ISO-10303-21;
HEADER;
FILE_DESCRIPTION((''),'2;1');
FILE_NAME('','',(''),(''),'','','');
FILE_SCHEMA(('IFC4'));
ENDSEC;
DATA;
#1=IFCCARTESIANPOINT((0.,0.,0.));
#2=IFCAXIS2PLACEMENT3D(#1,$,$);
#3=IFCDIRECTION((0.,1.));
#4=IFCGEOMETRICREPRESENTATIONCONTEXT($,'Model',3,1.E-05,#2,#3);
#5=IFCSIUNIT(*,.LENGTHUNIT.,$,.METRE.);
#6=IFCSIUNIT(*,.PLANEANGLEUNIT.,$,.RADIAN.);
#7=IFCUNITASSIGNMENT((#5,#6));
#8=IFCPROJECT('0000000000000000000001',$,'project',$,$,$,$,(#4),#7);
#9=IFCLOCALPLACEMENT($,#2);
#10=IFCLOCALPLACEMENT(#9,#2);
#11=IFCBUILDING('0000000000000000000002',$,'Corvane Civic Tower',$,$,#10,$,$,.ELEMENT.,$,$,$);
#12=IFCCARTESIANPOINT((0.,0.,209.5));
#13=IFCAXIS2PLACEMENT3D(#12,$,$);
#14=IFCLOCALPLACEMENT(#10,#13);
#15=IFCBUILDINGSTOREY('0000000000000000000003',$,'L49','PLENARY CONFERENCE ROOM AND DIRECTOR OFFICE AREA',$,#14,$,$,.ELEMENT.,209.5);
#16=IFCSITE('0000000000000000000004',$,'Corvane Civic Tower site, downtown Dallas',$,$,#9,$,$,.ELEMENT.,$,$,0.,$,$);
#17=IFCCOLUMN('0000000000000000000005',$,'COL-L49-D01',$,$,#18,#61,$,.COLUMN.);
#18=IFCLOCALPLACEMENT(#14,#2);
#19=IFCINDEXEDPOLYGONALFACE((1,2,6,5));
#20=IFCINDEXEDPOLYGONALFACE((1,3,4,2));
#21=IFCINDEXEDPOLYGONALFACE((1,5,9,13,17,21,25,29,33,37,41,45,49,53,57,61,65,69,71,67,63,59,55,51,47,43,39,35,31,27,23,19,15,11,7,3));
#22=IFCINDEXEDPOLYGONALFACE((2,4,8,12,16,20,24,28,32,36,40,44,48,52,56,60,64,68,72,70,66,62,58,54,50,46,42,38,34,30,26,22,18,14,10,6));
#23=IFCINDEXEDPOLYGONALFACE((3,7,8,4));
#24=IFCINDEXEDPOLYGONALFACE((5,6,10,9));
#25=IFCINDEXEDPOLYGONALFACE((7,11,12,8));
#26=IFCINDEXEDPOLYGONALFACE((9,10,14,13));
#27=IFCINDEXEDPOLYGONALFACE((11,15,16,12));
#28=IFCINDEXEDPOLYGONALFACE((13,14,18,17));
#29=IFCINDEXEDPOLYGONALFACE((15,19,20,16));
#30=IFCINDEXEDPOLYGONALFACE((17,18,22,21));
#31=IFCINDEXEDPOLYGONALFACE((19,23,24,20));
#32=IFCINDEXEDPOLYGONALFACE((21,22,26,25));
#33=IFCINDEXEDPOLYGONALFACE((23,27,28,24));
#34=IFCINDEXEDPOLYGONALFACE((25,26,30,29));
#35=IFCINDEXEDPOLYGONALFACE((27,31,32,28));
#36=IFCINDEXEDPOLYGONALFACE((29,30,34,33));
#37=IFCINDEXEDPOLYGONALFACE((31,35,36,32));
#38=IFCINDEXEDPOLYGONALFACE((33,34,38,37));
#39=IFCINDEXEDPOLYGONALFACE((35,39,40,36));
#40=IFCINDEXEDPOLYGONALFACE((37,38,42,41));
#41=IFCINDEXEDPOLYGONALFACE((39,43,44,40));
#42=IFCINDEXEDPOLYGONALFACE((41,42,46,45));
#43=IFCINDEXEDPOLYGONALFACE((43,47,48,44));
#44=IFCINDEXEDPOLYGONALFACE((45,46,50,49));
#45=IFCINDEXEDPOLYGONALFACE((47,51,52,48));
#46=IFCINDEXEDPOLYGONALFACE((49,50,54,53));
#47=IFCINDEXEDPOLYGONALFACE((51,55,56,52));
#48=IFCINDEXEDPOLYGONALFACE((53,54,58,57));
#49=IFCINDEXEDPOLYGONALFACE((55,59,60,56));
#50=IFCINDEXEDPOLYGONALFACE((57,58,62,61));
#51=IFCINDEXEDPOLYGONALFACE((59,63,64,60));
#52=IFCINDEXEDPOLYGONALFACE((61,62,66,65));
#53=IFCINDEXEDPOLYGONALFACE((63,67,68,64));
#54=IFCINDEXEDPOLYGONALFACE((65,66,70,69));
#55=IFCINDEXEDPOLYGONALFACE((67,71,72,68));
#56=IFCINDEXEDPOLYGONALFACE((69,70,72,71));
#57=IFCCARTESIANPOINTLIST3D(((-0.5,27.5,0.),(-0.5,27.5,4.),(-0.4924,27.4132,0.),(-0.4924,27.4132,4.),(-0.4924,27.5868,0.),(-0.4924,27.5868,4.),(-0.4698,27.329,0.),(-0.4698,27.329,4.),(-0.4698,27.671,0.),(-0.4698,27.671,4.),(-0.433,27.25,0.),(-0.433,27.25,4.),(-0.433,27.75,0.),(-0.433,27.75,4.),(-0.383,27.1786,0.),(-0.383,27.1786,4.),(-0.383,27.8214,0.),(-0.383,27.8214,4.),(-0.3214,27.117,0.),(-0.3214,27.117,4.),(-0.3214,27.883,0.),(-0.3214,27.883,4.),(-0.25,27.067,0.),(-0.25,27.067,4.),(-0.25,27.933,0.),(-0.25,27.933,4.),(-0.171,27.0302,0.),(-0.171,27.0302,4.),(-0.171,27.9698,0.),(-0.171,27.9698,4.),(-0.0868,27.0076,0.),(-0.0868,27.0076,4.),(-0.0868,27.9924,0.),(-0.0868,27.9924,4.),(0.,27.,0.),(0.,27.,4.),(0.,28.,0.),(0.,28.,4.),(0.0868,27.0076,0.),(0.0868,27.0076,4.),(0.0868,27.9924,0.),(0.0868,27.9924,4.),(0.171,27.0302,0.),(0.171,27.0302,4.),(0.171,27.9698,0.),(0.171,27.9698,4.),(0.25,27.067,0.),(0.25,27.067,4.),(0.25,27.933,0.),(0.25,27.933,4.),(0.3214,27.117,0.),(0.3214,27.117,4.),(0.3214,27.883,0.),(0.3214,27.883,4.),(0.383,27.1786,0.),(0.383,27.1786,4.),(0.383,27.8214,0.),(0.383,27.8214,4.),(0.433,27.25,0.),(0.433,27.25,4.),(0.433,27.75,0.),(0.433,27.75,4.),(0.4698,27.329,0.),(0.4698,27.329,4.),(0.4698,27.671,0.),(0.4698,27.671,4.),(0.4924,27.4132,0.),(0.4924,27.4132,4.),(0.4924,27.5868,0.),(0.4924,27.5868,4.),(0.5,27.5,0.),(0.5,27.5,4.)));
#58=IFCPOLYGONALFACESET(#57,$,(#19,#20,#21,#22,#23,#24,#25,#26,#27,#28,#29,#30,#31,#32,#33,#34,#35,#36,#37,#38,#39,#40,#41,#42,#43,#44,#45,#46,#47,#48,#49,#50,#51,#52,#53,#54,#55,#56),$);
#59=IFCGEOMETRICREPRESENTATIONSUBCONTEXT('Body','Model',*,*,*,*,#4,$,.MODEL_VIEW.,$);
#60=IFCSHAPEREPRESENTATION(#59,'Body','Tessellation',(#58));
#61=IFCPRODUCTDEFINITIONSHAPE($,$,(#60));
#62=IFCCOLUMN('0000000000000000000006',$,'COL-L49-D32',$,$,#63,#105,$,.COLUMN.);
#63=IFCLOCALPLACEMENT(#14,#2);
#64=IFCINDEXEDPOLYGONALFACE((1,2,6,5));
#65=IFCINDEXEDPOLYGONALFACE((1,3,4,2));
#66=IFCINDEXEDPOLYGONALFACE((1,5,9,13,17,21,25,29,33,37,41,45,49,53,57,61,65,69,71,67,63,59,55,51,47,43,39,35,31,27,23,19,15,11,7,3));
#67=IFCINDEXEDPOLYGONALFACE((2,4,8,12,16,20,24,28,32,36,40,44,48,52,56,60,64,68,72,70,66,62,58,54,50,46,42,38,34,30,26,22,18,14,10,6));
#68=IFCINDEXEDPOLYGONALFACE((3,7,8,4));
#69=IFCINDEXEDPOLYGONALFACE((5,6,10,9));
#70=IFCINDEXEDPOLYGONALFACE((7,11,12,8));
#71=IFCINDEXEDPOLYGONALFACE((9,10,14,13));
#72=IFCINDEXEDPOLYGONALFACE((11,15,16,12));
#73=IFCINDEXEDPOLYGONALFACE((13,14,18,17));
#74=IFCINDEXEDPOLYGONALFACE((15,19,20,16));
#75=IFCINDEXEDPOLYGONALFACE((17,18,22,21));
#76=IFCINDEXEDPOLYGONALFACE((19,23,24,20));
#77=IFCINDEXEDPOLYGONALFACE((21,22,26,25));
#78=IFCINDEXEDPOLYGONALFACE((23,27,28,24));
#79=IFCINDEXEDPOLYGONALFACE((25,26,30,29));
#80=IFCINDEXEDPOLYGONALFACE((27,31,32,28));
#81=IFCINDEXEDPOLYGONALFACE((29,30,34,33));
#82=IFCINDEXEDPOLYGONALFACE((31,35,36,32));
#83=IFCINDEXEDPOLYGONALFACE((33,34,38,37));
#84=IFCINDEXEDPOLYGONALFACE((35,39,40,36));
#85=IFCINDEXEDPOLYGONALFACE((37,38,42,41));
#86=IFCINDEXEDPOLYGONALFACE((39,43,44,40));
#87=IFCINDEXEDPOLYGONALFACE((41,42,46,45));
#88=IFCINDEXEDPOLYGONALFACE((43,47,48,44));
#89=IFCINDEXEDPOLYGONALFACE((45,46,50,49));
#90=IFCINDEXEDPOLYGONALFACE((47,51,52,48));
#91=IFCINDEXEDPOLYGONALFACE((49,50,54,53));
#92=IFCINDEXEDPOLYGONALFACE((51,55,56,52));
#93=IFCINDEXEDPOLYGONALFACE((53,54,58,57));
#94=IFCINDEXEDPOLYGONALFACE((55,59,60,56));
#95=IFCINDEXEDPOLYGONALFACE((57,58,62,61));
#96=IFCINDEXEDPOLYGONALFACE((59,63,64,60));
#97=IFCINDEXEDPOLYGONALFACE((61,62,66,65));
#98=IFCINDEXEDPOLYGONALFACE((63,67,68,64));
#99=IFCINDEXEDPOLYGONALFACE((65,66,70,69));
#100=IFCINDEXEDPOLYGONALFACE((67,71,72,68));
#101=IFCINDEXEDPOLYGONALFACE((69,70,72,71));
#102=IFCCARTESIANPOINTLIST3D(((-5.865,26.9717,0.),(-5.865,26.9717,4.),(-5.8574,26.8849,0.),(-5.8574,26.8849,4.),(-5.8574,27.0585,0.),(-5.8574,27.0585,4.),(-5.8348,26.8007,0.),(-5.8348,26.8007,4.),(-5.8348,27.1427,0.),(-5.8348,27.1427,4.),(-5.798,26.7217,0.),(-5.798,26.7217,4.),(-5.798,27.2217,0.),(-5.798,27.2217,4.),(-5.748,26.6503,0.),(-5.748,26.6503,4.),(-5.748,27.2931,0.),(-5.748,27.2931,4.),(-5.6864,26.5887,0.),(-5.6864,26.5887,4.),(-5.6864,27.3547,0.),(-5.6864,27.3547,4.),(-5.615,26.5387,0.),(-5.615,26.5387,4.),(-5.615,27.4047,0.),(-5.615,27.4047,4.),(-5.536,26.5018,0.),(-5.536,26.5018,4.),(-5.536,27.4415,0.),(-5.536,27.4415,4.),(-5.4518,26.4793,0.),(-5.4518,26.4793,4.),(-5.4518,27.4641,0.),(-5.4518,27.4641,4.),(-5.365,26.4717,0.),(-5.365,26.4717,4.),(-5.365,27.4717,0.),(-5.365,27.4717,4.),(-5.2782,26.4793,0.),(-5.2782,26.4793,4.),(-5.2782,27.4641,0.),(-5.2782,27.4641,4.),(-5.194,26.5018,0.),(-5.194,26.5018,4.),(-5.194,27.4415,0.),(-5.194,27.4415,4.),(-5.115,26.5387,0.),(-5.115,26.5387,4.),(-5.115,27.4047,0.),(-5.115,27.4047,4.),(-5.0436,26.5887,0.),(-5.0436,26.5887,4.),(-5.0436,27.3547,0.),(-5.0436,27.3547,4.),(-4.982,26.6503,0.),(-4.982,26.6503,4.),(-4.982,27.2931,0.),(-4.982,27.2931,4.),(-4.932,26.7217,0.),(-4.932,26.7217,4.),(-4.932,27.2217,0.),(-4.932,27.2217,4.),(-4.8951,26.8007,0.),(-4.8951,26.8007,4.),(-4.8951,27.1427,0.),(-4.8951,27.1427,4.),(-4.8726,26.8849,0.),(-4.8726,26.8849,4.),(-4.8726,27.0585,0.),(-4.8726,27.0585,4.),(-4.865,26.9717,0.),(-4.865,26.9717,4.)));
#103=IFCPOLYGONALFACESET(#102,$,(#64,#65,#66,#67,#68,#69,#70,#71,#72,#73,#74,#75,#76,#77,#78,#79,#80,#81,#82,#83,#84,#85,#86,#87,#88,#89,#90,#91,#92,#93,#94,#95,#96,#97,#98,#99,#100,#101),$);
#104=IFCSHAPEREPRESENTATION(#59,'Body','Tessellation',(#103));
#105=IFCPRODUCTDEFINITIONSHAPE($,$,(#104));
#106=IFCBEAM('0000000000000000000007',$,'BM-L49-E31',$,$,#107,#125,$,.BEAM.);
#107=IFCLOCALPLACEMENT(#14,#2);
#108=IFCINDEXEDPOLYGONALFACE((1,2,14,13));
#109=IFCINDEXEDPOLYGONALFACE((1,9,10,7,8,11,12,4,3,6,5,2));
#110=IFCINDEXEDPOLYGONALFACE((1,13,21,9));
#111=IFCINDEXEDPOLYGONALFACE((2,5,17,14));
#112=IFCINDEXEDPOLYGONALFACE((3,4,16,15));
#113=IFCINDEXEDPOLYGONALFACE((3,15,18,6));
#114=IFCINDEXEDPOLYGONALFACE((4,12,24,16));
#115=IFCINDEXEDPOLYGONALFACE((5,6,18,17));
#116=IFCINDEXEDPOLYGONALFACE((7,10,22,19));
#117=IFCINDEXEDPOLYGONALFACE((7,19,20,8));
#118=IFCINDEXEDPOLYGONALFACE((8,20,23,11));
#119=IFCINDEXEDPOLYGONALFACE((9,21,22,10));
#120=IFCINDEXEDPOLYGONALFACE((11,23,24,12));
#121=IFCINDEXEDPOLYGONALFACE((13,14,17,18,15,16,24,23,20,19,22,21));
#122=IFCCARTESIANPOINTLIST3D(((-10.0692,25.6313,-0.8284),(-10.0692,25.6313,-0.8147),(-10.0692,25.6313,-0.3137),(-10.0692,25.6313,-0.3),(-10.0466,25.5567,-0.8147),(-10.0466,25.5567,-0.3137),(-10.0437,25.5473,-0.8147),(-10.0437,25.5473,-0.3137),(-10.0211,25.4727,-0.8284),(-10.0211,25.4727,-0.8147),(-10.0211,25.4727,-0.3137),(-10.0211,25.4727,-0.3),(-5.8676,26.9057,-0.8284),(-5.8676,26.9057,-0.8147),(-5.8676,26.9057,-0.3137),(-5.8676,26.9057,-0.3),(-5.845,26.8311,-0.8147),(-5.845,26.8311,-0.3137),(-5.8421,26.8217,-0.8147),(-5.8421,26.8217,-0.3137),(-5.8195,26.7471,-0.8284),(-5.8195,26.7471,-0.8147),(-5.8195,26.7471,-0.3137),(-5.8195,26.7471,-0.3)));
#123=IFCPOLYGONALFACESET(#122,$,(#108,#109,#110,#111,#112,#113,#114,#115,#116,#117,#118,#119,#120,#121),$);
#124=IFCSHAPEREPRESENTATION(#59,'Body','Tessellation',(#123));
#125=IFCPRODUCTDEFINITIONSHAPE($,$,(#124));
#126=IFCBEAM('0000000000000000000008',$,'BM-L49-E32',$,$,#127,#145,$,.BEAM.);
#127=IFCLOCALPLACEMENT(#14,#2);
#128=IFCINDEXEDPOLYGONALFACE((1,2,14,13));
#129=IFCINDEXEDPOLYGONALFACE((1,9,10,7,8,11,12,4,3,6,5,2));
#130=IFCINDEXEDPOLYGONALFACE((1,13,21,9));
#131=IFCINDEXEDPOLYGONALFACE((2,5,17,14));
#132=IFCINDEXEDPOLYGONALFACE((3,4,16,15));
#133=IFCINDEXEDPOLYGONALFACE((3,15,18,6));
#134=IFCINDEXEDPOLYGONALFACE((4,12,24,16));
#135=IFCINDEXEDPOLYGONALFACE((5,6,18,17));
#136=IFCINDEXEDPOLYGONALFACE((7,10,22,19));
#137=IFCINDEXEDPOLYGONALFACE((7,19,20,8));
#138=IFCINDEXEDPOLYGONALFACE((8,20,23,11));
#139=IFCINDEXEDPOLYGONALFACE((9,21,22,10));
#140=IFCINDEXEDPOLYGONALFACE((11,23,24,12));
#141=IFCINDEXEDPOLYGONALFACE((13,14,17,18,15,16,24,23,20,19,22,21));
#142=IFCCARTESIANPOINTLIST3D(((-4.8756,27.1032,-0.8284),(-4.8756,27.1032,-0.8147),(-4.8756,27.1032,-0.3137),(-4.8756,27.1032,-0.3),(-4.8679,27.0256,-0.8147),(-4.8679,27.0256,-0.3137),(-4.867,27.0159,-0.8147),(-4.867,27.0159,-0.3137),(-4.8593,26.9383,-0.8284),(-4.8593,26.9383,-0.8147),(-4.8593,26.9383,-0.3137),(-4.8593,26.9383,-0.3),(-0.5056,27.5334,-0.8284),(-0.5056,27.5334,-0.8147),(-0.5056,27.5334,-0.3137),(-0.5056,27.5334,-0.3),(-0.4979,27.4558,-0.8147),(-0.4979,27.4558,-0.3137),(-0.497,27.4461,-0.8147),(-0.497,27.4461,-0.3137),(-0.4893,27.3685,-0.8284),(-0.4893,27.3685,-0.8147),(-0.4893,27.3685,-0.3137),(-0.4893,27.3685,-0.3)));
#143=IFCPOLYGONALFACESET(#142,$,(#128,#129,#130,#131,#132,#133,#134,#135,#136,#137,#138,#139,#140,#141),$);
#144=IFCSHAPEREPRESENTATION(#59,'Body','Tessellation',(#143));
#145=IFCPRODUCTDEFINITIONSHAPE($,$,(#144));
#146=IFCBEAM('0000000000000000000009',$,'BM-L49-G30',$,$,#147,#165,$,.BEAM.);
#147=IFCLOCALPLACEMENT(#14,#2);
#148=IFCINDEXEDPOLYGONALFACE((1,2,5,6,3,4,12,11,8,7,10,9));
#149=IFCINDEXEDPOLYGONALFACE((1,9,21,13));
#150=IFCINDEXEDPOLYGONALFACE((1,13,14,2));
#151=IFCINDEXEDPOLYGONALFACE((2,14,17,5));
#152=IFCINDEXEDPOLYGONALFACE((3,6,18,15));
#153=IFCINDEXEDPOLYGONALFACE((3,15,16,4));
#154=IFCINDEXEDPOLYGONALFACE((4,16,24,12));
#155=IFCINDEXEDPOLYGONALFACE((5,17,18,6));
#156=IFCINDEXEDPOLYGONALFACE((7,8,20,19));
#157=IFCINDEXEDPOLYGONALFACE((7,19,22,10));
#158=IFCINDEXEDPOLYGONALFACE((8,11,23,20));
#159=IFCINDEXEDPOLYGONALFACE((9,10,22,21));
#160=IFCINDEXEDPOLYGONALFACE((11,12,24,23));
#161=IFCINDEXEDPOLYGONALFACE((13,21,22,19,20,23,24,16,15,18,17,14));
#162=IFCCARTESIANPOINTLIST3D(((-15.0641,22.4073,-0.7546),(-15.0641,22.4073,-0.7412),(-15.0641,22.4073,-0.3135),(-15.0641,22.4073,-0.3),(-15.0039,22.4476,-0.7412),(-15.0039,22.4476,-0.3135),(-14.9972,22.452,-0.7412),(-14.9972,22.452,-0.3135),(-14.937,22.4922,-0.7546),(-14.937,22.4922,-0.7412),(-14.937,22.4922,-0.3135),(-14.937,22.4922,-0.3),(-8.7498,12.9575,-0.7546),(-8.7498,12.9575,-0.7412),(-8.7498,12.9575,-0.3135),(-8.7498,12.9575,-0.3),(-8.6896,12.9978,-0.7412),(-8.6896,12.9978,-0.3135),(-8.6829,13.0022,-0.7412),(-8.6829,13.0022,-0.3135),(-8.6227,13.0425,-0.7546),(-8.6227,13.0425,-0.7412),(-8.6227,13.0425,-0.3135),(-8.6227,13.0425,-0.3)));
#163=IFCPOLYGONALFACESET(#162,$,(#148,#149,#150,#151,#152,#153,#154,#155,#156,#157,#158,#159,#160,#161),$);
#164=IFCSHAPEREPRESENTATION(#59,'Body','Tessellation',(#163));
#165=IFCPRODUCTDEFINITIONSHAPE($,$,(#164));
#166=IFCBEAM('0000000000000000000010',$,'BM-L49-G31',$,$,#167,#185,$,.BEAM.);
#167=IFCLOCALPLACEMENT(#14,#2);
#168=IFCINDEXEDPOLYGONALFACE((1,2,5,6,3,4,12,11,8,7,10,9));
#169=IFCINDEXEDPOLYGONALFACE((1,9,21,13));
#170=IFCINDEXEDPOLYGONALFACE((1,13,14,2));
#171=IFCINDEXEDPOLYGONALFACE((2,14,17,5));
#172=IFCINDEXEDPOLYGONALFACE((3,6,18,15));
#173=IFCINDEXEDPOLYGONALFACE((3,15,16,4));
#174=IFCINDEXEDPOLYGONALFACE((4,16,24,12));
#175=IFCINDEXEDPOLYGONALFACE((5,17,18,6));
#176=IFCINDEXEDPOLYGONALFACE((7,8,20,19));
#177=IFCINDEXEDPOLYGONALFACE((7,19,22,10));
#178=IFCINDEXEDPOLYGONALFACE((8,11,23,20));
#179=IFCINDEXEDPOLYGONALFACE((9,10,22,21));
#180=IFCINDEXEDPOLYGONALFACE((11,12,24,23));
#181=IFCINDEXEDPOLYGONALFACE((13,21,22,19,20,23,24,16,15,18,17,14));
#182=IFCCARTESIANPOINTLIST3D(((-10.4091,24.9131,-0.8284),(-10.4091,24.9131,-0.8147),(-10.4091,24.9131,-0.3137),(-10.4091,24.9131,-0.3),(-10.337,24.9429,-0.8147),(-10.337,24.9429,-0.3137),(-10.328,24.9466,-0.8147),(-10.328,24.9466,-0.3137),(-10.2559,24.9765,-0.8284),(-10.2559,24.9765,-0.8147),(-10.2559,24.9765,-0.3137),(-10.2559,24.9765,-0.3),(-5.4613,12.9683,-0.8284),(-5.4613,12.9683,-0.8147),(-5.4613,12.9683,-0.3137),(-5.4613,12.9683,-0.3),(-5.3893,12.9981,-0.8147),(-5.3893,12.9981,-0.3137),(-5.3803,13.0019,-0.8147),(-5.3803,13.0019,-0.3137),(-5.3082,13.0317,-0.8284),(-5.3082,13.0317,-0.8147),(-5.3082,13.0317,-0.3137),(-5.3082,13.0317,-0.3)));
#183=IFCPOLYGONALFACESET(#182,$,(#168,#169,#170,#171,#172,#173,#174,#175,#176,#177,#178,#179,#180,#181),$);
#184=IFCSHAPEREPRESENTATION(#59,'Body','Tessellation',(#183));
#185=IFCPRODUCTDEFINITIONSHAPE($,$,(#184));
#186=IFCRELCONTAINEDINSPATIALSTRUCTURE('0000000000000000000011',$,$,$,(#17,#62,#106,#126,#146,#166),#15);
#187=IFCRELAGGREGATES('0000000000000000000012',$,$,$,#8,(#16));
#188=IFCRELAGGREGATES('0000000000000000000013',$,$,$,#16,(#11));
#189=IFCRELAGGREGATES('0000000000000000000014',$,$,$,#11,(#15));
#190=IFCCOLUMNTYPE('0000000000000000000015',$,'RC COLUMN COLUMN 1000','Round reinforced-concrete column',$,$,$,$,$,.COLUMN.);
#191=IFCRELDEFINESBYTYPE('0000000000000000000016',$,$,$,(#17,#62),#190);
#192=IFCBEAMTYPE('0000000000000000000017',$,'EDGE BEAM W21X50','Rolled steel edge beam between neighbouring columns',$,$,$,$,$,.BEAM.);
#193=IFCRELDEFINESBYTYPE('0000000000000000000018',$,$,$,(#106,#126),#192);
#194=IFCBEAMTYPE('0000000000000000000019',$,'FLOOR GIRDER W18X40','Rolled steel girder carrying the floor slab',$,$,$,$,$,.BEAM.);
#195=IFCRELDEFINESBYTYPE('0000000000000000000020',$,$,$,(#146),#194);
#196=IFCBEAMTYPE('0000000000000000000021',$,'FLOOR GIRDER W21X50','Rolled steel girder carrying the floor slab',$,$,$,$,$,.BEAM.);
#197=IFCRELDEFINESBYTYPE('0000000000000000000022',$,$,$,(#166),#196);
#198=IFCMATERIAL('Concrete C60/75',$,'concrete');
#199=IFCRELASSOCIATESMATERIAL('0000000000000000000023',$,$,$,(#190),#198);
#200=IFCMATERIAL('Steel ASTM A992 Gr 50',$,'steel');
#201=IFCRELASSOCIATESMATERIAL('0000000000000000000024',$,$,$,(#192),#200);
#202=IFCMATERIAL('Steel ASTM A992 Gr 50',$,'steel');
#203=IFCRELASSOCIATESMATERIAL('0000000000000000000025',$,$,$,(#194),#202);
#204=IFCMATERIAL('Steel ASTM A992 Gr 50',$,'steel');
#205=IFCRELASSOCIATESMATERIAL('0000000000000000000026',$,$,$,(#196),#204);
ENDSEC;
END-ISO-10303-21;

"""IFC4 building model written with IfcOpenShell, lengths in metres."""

from ifc_helpers import new_model, si_unit, direction, frame, origin, origin_2d, place, context, subcontext, project, spatial, circle, i_section, extrude, material, material_profile, profile_set, type_object, element, save


model = new_model("IFC4")

# Units and contexts
model_context = context("Model", 3, precision=1e-05, world=origin(), true_north=direction((0.0, 1.0)))
body_context = subcontext(model_context, "Body", "Model", "MODEL_VIEW")
ifc_project = project(units=[si_unit("LENGTHUNIT", "METRE"), si_unit("PLANEANGLEUNIT", "RADIAN")], contexts=[model_context])

# Site, building, storey
site_placement = place(None, origin())
site = spatial("IfcSite", under=ifc_project, at=site_placement, Name="Corvane Civic Tower site, downtown Dallas", CompositionType="ELEMENT", RefElevation=0.0)
building_placement = place(site_placement, origin())
building = spatial("IfcBuilding", under=site, at=building_placement, Name="Corvane Civic Tower", CompositionType="ELEMENT")
storey_placement = place(building_placement, frame((0.0, 0.0, 209.5)))
storey = spatial("IfcBuildingStorey", under=building, at=storey_placement, Name="L49", Description="PLENARY CONFERENCE ROOM AND DIRECTOR OFFICE AREA", CompositionType="ELEMENT", Elevation=209.5)

# Columns
ifc_material_1 = material(Name="Concrete C60/75", Category="concrete")
ifc_material_profile_1 = material_profile(ifc_material_1, circle(Radius=0.5, at=origin_2d()), Name="COLUMN 1000")
ifc_profile_set_1 = profile_set([ifc_material_profile_1], Name="Concrete C60/75")
column_type = type_object("IfcColumnType", Name="RC COLUMN COLUMN 1000", Description="Round reinforced-concrete column", PredefinedType="COLUMN", material=ifc_profile_set_1)
for number, where, z_axis, x_axis, name in (
    (1, (0.0, 27.5, 0.0), (0.0, 0.0, 1.0), (1.0, 0.0, 0.0), "COL-L49-D01"),
    (2, (-5.365, 26.9717, 0.0), (0.0, 0.0, 1.0), (1.0, 0.0, 0.0), "COL-L49-D32"),
):
    element("IfcColumn", number, at=place(storey_placement, frame(where, z_axis=z_axis, x_axis=x_axis)), inside=storey, type_object=column_type, Name=name, PredefinedType="COLUMN", context=body_context, shape_type="SweptSolid", body=[
        extrude(circle(Radius=0.5, at=origin_2d()), origin(), (0.0, 0.0, 1.0), 4.0),
    ])

# Beams
ifc_material_2 = material(Name="Steel ASTM A992 Gr 50", Category="steel")
ifc_material_profile_2 = material_profile(ifc_material_2, i_section(OverallWidth=0.1658, OverallDepth=0.5283, WebThickness=0.0098, FlangeThickness=0.0137, at=origin_2d()), Name="W21X50")
ifc_profile_set_2 = profile_set([ifc_material_profile_2], Name="Steel ASTM A992 Gr 50")
beam_type_1 = type_object("IfcBeamType", Name="EDGE BEAM W21X50", Description="Rolled steel edge beam between neighbouring columns", PredefinedType="BEAM", material=ifc_profile_set_2)
beam_1_placement = place(storey_placement, frame((-10.0452, 25.552, -0.5642), z_axis=(0.95695, 0.290254, 0.0), x_axis=(-0.290254, 0.95695, 0.0)))
element("IfcBeam", 3, at=beam_1_placement, inside=storey, type_object=beam_type_1, Name="BM-L49-E31", PredefinedType="BEAM", context=body_context, shape_type="SweptSolid", body=[
    extrude(i_section(OverallWidth=0.1658, OverallDepth=0.5283, WebThickness=0.0098, FlangeThickness=0.0137, at=origin_2d()), origin(), (0.0, 0.0, 1.0), 4.3906),
])
beam_2_placement = place(storey_placement, frame((-4.8674, 27.0208, -0.5642), z_axis=(0.99519, 0.097968, 0.0), x_axis=(-0.097968, 0.99519, 0.0)))
element("IfcBeam", 4, at=beam_2_placement, inside=storey, type_object=beam_type_1, Name="BM-L49-E32", PredefinedType="BEAM", context=body_context, shape_type="SweptSolid", body=[
    extrude(i_section(OverallWidth=0.1658, OverallDepth=0.5283, WebThickness=0.0098, FlangeThickness=0.0137, at=origin_2d()), origin(), (0.0, 0.0, 1.0), 4.3911),
])
ifc_material_3 = material(Name="Steel ASTM A992 Gr 50", Category="steel")
ifc_material_profile_3 = material_profile(ifc_material_3, i_section(OverallWidth=0.1528, OverallDepth=0.4546, WebThickness=0.0081, FlangeThickness=0.0134, at=origin_2d()), Name="W18X40")
ifc_profile_set_3 = profile_set([ifc_material_profile_3], Name="Steel ASTM A992 Gr 50")
beam_type_2 = type_object("IfcBeamType", Name="FLOOR GIRDER W18X40", Description="Rolled steel girder carrying the floor slab", PredefinedType="BEAM", material=ifc_profile_set_3)
beam_3_placement = place(storey_placement, frame((-8.6863, 13.0, -0.5273), z_axis=(-0.555577, 0.831465, 0.0), x_axis=(-0.831465, -0.555577, 0.0)))
element("IfcBeam", 5, at=beam_3_placement, inside=storey, type_object=beam_type_2, Name="BM-L49-G30", PredefinedType="BEAM", context=body_context, shape_type="SweptSolid", body=[
    extrude(i_section(OverallWidth=0.1528, OverallDepth=0.4546, WebThickness=0.0081, FlangeThickness=0.0134, at=origin_2d()), origin(), (0.0, 0.0, 1.0), 11.3652),
])
ifc_material_4 = material(Name="Steel ASTM A992 Gr 50", Category="steel")
ifc_material_profile_4 = material_profile(ifc_material_4, i_section(OverallWidth=0.1658, OverallDepth=0.5283, WebThickness=0.0098, FlangeThickness=0.0137, at=origin_2d()), Name="W21X50")
ifc_profile_set_4 = profile_set([ifc_material_profile_4], Name="Steel ASTM A992 Gr 50")
beam_type_3 = type_object("IfcBeamType", Name="FLOOR GIRDER W21X50", Description="Rolled steel girder carrying the floor slab", PredefinedType="BEAM", material=ifc_profile_set_4)
beam_4_placement = place(storey_placement, frame((-5.3848, 13.0, -0.5642), z_axis=(-0.382686, 0.923878, 0.0), x_axis=(-0.923878, -0.382686, 0.0)))
element("IfcBeam", 6, at=beam_4_placement, inside=storey, type_object=beam_type_3, Name="BM-L49-G31", PredefinedType="BEAM", context=body_context, shape_type="SweptSolid", body=[
    extrude(i_section(OverallWidth=0.1658, OverallDepth=0.5283, WebThickness=0.0098, FlangeThickness=0.0137, at=origin_2d()), origin(), (0.0, 0.0, 1.0), 12.929),
])

save(model, "model.ifc")
